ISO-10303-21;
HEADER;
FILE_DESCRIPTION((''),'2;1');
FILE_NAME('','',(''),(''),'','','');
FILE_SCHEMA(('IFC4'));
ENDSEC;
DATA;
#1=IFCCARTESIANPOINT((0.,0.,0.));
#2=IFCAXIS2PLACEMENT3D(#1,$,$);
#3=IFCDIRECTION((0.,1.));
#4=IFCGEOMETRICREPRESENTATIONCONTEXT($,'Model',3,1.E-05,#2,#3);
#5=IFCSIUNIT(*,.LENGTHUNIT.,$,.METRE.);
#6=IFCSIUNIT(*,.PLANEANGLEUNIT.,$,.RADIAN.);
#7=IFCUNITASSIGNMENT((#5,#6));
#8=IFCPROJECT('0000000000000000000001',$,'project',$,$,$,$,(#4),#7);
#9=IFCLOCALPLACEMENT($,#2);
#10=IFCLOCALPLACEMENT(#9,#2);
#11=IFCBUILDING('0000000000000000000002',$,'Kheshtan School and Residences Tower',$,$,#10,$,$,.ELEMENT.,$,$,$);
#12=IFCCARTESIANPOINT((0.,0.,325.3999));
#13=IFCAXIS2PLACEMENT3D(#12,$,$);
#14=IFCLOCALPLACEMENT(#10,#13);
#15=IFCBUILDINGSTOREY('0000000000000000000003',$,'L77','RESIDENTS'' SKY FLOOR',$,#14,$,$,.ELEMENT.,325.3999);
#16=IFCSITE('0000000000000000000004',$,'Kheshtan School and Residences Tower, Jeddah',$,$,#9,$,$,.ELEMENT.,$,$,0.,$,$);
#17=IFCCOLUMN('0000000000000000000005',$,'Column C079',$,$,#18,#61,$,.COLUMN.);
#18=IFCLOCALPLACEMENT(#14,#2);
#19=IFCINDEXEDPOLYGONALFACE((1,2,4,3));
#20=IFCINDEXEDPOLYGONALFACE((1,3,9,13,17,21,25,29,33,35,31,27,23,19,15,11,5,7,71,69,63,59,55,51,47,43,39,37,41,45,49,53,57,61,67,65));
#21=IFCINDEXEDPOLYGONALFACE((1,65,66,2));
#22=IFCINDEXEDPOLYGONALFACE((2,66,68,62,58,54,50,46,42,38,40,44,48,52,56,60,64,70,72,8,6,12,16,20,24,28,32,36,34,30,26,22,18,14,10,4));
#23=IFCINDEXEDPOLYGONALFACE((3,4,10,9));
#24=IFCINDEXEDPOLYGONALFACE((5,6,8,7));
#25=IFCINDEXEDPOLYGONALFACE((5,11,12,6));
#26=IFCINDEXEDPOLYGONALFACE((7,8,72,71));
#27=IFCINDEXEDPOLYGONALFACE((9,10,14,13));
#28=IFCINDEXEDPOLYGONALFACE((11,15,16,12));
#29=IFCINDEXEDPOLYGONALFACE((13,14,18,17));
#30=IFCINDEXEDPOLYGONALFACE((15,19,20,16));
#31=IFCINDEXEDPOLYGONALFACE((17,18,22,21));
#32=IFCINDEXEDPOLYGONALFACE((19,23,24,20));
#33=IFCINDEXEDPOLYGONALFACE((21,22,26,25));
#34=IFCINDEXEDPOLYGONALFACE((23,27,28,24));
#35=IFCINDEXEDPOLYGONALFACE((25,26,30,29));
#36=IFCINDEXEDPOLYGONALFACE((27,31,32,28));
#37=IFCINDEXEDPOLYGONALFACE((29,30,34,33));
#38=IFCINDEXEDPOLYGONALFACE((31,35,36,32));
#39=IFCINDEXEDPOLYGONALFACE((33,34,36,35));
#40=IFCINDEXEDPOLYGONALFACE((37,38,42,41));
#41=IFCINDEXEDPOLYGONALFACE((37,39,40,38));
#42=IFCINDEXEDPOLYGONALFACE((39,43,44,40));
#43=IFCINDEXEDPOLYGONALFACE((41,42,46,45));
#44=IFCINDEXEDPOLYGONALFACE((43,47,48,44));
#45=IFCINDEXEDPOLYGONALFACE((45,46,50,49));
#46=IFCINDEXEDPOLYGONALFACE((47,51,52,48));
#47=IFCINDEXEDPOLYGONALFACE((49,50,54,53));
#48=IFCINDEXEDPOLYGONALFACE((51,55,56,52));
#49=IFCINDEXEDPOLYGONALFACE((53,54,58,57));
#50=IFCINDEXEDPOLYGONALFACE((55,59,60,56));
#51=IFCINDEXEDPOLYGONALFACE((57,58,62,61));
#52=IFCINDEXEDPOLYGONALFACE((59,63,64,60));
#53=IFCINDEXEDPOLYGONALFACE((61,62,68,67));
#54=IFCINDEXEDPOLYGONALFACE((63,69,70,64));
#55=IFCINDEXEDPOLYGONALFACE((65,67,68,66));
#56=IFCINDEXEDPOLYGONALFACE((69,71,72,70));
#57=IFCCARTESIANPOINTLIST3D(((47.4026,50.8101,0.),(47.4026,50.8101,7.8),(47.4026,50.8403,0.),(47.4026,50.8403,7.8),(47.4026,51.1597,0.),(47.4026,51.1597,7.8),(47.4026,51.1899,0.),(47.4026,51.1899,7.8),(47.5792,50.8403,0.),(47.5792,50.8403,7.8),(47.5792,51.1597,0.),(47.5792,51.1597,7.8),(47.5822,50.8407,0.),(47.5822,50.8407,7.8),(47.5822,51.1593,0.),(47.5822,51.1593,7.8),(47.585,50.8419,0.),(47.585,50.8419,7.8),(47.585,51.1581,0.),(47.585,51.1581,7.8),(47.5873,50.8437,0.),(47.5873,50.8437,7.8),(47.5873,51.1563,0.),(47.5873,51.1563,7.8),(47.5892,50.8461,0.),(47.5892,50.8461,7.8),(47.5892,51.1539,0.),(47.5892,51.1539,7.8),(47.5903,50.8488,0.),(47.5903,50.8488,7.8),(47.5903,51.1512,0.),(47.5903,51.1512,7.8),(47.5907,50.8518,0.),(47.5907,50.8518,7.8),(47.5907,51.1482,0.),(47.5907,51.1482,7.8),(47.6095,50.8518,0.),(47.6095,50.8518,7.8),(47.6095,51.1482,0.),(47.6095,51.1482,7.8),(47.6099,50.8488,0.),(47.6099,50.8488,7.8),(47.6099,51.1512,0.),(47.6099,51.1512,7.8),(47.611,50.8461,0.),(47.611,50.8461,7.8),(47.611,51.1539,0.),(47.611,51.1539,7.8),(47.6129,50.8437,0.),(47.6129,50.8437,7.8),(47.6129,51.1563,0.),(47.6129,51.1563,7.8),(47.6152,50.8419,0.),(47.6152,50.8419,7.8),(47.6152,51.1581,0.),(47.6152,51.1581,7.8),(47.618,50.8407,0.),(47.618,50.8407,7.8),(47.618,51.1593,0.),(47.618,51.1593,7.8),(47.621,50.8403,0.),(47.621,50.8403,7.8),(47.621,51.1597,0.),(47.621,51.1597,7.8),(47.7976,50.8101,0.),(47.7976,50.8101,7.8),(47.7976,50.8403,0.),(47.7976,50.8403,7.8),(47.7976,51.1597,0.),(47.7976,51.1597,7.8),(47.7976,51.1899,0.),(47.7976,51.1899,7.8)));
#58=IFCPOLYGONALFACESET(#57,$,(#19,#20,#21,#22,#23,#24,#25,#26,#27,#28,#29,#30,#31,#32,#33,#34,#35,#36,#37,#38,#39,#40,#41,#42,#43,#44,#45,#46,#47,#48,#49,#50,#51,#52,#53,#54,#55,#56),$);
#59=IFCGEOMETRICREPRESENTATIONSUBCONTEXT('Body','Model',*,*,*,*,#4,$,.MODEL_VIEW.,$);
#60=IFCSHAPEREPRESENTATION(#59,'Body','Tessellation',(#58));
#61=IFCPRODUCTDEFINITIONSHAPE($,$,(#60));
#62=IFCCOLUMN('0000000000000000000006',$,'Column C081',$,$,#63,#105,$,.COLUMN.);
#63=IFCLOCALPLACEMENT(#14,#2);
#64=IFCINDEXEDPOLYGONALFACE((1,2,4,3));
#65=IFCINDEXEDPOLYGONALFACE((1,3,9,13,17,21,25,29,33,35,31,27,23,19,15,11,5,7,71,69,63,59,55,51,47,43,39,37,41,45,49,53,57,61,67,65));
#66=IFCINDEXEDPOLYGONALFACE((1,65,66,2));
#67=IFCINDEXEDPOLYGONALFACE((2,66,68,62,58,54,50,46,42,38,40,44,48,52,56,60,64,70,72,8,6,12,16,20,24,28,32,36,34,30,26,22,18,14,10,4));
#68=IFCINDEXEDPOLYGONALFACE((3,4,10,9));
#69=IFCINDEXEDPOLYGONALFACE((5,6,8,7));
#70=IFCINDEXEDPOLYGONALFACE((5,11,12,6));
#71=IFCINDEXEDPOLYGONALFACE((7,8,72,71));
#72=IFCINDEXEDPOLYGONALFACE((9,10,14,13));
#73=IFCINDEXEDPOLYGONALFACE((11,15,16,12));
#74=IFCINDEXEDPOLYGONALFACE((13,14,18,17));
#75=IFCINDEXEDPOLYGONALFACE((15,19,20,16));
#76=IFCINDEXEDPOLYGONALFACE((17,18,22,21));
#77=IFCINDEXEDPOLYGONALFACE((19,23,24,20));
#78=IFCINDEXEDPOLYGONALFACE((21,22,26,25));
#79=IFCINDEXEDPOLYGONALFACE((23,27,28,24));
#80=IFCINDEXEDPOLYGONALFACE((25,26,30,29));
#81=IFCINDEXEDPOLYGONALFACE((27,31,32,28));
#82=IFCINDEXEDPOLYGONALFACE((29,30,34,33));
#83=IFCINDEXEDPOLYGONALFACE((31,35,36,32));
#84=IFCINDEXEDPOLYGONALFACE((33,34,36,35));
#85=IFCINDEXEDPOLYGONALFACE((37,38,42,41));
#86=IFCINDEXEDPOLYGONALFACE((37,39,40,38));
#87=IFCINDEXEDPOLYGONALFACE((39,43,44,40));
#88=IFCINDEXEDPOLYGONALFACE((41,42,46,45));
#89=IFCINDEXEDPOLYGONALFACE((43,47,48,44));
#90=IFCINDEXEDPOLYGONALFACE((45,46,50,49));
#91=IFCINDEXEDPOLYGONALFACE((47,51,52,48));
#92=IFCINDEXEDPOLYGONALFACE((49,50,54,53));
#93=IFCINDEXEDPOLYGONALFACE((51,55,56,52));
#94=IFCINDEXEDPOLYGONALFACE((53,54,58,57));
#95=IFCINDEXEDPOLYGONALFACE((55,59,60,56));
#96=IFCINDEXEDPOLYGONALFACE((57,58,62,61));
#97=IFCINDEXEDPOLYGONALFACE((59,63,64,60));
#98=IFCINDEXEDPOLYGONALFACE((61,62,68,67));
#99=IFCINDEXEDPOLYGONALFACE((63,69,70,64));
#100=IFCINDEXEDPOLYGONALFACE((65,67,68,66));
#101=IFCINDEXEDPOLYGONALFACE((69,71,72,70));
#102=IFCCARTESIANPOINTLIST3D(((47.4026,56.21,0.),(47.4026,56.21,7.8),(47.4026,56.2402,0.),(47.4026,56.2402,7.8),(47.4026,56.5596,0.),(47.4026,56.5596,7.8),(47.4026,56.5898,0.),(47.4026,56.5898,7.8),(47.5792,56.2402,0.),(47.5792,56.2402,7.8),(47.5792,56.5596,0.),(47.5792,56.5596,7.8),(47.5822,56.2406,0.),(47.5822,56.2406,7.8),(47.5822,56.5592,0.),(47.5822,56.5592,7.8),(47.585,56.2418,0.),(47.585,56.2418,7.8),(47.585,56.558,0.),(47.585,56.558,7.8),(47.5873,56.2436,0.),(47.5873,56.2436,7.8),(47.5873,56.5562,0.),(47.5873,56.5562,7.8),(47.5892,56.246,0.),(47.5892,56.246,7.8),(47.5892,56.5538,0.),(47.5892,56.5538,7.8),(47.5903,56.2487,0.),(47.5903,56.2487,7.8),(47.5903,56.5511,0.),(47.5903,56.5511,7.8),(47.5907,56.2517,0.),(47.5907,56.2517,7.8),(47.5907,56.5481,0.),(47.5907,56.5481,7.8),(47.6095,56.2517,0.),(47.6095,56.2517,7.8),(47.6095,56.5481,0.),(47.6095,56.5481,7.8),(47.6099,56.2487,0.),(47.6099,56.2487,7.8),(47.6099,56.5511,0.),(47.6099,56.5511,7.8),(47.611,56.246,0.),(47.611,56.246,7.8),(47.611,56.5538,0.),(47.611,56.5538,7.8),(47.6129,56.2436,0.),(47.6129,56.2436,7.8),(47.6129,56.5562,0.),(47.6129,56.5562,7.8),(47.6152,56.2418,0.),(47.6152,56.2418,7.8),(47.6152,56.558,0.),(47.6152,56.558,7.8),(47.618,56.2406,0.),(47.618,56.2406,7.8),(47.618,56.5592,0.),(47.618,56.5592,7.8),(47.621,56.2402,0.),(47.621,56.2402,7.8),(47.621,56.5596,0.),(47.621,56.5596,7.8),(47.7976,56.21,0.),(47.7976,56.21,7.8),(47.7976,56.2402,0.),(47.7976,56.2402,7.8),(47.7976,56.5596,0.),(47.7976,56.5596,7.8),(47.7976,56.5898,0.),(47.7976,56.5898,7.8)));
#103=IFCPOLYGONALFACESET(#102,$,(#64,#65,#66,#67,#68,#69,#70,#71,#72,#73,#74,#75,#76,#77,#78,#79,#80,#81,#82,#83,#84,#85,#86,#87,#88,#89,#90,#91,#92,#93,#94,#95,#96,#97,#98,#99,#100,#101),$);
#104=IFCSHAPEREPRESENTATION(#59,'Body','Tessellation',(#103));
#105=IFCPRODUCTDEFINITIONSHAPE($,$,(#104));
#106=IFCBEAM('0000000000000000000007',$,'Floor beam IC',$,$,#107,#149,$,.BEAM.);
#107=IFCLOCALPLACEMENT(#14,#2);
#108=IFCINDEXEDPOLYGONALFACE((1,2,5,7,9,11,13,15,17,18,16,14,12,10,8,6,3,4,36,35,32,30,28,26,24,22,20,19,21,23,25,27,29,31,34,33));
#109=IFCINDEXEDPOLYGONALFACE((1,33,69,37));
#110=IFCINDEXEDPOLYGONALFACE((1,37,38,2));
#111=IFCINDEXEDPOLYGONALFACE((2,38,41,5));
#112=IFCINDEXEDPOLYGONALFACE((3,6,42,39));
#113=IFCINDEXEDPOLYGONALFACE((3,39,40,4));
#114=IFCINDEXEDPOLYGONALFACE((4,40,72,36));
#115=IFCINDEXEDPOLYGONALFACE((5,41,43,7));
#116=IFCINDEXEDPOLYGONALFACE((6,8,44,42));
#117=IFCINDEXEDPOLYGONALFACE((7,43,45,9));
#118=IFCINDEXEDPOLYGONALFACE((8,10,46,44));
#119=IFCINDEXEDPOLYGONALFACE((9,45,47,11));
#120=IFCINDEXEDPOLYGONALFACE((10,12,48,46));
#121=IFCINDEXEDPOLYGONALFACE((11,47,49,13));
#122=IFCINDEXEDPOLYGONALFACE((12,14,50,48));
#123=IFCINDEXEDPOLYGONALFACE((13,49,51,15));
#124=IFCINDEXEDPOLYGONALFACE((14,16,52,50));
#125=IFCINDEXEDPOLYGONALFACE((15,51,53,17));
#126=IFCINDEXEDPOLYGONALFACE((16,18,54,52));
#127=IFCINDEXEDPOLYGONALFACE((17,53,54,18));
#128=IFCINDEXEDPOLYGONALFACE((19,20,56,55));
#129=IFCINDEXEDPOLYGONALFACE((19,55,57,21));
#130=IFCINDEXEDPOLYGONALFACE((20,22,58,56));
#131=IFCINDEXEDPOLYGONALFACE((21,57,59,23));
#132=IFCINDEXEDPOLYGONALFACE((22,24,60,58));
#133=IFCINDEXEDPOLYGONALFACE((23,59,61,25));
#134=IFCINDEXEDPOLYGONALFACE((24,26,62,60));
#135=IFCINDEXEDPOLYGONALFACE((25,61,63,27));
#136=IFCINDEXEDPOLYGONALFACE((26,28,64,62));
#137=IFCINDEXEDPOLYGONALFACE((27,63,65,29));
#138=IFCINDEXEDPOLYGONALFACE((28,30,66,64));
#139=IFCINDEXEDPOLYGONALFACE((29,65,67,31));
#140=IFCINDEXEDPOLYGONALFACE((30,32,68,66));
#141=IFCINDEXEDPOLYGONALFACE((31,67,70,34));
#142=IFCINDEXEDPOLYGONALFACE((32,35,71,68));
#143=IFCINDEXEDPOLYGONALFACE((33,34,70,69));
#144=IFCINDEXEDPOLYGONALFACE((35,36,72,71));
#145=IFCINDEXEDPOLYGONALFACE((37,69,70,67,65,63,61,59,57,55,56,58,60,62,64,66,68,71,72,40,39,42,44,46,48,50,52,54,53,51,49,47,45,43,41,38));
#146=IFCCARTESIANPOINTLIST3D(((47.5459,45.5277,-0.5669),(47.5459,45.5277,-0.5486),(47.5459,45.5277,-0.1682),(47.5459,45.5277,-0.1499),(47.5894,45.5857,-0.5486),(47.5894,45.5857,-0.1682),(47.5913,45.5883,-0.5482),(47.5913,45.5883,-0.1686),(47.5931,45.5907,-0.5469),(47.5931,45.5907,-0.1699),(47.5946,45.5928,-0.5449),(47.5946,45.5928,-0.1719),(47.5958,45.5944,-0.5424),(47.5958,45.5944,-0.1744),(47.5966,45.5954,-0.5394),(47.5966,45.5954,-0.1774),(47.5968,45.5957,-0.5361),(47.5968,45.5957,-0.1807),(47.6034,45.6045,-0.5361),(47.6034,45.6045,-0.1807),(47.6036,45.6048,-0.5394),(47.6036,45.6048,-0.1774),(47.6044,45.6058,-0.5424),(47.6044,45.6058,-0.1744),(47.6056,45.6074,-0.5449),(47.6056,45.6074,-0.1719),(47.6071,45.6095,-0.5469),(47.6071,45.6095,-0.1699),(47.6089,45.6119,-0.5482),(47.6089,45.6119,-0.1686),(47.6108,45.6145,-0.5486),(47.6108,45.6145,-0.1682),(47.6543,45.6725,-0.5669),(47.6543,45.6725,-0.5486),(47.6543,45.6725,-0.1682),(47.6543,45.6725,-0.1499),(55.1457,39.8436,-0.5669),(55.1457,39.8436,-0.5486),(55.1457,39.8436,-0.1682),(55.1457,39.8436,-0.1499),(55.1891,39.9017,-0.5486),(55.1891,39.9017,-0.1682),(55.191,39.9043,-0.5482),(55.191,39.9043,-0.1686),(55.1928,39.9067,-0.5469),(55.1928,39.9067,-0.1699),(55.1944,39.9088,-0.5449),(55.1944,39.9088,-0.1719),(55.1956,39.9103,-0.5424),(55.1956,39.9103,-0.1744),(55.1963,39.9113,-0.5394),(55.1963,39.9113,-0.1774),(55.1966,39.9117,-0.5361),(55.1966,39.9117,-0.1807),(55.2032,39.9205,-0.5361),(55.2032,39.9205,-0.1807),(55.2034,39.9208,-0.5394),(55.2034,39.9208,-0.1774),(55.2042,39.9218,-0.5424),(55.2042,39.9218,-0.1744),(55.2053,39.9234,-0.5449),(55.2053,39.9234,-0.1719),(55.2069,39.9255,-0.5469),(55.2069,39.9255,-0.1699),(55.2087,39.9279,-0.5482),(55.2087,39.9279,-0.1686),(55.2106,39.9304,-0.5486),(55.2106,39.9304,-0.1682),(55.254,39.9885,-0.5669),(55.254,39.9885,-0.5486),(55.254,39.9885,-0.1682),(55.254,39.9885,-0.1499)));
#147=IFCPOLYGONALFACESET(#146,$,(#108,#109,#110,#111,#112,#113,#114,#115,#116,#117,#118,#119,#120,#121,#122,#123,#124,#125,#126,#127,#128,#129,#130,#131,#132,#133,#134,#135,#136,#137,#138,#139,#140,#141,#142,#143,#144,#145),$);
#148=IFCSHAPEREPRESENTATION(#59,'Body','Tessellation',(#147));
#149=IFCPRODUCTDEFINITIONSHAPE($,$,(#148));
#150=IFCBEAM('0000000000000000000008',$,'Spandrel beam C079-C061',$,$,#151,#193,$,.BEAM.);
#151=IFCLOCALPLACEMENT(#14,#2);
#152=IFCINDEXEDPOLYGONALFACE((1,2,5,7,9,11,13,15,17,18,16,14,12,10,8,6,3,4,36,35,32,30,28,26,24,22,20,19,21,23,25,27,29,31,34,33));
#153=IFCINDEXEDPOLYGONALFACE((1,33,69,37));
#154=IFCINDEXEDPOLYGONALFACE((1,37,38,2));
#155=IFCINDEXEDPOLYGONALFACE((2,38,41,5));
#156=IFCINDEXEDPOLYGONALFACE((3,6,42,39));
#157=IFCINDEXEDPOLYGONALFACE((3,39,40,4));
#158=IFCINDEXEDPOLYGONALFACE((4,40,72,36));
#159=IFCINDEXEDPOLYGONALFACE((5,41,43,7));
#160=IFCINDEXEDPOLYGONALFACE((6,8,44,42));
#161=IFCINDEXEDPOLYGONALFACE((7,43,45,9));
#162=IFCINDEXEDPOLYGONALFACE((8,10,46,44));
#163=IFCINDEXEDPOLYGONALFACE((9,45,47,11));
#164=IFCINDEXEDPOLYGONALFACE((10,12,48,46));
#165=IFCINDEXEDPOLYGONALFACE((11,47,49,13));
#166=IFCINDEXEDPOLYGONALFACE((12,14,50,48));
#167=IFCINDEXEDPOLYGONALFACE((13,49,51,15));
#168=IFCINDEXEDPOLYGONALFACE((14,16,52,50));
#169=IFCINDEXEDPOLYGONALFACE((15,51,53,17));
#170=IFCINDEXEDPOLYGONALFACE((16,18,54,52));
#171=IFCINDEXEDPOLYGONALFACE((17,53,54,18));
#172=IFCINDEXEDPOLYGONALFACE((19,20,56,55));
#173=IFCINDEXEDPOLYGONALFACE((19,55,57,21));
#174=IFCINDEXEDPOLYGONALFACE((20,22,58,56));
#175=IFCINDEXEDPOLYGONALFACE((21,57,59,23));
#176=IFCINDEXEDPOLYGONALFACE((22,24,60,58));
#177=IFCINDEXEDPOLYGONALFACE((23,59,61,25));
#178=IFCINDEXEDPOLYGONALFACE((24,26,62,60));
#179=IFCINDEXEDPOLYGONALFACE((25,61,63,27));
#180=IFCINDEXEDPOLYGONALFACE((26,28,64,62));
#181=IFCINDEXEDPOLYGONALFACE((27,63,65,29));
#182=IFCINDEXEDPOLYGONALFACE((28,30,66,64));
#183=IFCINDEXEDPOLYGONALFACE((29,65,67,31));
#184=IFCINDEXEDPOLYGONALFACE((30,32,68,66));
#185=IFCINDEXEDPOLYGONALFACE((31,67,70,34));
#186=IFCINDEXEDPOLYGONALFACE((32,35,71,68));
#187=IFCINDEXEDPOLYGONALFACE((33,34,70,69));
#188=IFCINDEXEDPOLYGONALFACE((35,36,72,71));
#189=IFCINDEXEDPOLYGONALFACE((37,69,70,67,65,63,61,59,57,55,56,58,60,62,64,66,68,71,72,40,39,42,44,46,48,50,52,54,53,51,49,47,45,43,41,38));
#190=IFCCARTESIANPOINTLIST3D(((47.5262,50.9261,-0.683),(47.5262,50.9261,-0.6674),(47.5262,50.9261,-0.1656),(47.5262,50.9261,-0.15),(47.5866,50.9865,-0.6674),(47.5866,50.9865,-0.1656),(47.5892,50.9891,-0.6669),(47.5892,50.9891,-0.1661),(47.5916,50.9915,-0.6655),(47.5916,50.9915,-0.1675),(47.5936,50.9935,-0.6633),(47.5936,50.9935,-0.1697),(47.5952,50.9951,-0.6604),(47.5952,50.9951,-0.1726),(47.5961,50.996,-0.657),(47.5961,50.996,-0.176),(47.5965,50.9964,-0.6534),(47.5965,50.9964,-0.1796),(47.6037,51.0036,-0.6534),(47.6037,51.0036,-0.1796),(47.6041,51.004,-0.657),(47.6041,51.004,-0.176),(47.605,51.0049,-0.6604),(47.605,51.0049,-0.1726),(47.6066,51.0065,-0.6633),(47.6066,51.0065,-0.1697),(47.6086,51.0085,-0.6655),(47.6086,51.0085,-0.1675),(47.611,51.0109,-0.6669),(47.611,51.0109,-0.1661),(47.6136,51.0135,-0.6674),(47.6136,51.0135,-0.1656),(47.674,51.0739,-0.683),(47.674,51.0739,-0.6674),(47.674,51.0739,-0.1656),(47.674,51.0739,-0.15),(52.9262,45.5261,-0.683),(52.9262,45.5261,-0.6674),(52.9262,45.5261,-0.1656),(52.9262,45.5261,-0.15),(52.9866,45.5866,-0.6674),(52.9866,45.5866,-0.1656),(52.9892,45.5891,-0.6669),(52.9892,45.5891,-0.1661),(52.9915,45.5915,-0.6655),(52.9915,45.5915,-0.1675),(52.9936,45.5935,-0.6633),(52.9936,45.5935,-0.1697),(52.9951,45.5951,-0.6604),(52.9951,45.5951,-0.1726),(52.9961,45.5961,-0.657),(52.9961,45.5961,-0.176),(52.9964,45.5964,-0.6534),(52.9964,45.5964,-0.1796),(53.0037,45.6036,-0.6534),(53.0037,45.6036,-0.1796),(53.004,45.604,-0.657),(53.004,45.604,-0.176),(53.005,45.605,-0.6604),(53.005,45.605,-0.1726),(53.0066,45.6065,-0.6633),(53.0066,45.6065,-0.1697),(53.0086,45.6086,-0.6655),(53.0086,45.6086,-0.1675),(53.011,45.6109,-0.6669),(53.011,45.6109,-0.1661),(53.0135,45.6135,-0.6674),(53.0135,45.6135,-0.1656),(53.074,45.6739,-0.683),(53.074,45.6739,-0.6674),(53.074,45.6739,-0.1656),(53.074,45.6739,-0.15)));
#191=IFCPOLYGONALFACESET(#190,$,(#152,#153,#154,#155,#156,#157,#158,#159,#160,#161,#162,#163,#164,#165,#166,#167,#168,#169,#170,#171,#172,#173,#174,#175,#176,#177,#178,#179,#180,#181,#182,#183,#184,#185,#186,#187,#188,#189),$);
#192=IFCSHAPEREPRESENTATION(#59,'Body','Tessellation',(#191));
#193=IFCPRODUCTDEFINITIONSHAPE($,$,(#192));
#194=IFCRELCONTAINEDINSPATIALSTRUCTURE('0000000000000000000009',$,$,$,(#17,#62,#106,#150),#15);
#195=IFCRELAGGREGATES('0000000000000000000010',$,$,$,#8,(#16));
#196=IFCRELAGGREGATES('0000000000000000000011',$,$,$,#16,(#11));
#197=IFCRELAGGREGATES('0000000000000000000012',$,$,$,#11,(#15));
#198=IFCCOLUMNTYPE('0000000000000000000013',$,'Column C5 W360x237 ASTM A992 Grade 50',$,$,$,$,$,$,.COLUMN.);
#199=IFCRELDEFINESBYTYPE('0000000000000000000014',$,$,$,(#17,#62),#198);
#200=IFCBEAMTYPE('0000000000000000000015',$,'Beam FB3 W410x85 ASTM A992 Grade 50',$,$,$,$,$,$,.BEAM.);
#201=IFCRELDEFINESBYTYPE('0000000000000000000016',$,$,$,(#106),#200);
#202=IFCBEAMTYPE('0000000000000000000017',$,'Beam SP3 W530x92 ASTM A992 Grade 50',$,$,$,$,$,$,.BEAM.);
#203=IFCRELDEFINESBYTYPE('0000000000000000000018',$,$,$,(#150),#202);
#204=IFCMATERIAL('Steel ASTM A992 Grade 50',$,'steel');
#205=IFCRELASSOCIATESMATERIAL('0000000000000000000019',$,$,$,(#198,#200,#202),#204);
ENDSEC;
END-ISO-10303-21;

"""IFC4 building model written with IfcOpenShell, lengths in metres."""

from ifc_helpers import new_model, si_unit, direction, frame, origin, origin_2d, place, context, subcontext, project, spatial, i_section, extrude, material, material_profile, profile_set, type_object, element, save


model = new_model("IFC4")

# Units and contexts
model_context = context("Model", 3, precision=1e-05, world=origin(), true_north=direction((0.0, 1.0)))
body_context = subcontext(model_context, "Body", "Model", "MODEL_VIEW")
ifc_project = project(units=[si_unit("LENGTHUNIT", "METRE"), si_unit("PLANEANGLEUNIT", "RADIAN")], contexts=[model_context])

# Site, building, storey
site_placement = place(None, origin())
site = spatial("IfcSite", under=ifc_project, at=site_placement, Name="Kheshtan School and Residences Tower, Jeddah", CompositionType="ELEMENT", RefElevation=0.0)
building_placement = place(site_placement, origin())
building = spatial("IfcBuilding", under=site, at=building_placement, Name="Kheshtan School and Residences Tower", CompositionType="ELEMENT")
storey_placement = place(building_placement, frame((0.0, 0.0, 325.3999)))
storey = spatial("IfcBuildingStorey", under=building, at=storey_placement, Name="L77", Description="RESIDENTS' SKY FLOOR", CompositionType="ELEMENT", Elevation=325.3999)

# Columns
ifc_material_1 = material(Name="Steel ASTM A992 Grade 50", Category="steel")
ifc_material_profile_1 = material_profile(ifc_material_1, i_section(OverallWidth=0.395, OverallDepth=0.3799, WebThickness=0.0188, FlangeThickness=0.0303, FilletRadius=0.0115, at=origin_2d()), Name="W360x237")
ifc_profile_set_1 = profile_set([ifc_material_profile_1], Name="Steel ASTM A992 Grade 50")
column_type = type_object("IfcColumnType", Name="Column C5 W360x237 ASTM A992 Grade 50", PredefinedType="COLUMN", material=ifc_profile_set_1)
for number, where, z_axis, x_axis, name in (
    (1, (47.6001, 51.0, 0.0), (0.0, 0.0, 1.0), (1.0, 0.0, 0.0), "Column C079"),
    (2, (47.6001, 56.3999, 0.0), (0.0, 0.0, 1.0), (1.0, 0.0, 0.0), "Column C081"),
):
    element("IfcColumn", number, at=place(storey_placement, frame(where, z_axis=z_axis, x_axis=x_axis)), inside=storey, type_object=column_type, Name=name, PredefinedType="COLUMN", context=body_context, shape_type="SweptSolid", body=[
        extrude(i_section(OverallWidth=0.395, OverallDepth=0.3799, WebThickness=0.0188, FlangeThickness=0.0303, FilletRadius=0.0115, at=origin_2d()), origin(), (0.0, 0.0, 1.0), 7.8),
    ])

# Beams
ifc_material_profile_2 = material_profile(ifc_material_1, i_section(OverallWidth=0.1809, OverallDepth=0.417, WebThickness=0.011, FlangeThickness=0.0183, FilletRadius=0.0125, at=origin_2d()), Name="W410x85")
ifc_profile_set_2 = profile_set([ifc_material_profile_2], Name="Steel ASTM A992 Grade 50")
beam_type_1 = type_object("IfcBeamType", Name="Beam FB3 W410x85 ASTM A992 Grade 50", PredefinedType="BEAM", material=ifc_profile_set_2)
beam_1_placement = place(storey_placement, frame((47.6001, 45.6001, -0.3584), z_axis=(0.800799, -0.598933, 0.0), x_axis=(0.598933, 0.800799, 0.0)))
element("IfcBeam", 3, at=beam_1_placement, inside=storey, type_object=beam_type_1, Name="Floor beam IC", PredefinedType="BEAM", context=body_context, shape_type="SweptSolid", body=[
    extrude(i_section(OverallWidth=0.1809, OverallDepth=0.417, WebThickness=0.011, FlangeThickness=0.0183, FilletRadius=0.0125, at=origin_2d()), origin(), (0.0, 0.0, 1.0), 9.4902),
])
ifc_material_profile_3 = material_profile(ifc_material_1, i_section(OverallWidth=0.209, OverallDepth=0.533, WebThickness=0.0103, FlangeThickness=0.0156, FilletRadius=0.0139, at=origin_2d()), Name="W530x92")
ifc_profile_set_3 = profile_set([ifc_material_profile_3], Name="Steel ASTM A992 Grade 50")
beam_type_2 = type_object("IfcBeamType", Name="Beam SP3 W530x92 ASTM A992 Grade 50", PredefinedType="BEAM", material=ifc_profile_set_3)
beam_2_placement = place(storey_placement, frame((47.6001, 51.0, -0.4165), z_axis=(0.707107, -0.707107, 0.0), x_axis=(0.707107, 0.707107, 0.0)))
element("IfcBeam", 4, at=beam_2_placement, inside=storey, type_object=beam_type_2, Name="Spandrel beam C079-C061", PredefinedType="BEAM", context=body_context, shape_type="SweptSolid", body=[
    extrude(i_section(OverallWidth=0.209, OverallDepth=0.533, WebThickness=0.0103, FlangeThickness=0.0156, FilletRadius=0.0139, at=origin_2d()), origin(), (0.0, 0.0, 1.0), 7.6367),
])

save(model, "model.ifc")
